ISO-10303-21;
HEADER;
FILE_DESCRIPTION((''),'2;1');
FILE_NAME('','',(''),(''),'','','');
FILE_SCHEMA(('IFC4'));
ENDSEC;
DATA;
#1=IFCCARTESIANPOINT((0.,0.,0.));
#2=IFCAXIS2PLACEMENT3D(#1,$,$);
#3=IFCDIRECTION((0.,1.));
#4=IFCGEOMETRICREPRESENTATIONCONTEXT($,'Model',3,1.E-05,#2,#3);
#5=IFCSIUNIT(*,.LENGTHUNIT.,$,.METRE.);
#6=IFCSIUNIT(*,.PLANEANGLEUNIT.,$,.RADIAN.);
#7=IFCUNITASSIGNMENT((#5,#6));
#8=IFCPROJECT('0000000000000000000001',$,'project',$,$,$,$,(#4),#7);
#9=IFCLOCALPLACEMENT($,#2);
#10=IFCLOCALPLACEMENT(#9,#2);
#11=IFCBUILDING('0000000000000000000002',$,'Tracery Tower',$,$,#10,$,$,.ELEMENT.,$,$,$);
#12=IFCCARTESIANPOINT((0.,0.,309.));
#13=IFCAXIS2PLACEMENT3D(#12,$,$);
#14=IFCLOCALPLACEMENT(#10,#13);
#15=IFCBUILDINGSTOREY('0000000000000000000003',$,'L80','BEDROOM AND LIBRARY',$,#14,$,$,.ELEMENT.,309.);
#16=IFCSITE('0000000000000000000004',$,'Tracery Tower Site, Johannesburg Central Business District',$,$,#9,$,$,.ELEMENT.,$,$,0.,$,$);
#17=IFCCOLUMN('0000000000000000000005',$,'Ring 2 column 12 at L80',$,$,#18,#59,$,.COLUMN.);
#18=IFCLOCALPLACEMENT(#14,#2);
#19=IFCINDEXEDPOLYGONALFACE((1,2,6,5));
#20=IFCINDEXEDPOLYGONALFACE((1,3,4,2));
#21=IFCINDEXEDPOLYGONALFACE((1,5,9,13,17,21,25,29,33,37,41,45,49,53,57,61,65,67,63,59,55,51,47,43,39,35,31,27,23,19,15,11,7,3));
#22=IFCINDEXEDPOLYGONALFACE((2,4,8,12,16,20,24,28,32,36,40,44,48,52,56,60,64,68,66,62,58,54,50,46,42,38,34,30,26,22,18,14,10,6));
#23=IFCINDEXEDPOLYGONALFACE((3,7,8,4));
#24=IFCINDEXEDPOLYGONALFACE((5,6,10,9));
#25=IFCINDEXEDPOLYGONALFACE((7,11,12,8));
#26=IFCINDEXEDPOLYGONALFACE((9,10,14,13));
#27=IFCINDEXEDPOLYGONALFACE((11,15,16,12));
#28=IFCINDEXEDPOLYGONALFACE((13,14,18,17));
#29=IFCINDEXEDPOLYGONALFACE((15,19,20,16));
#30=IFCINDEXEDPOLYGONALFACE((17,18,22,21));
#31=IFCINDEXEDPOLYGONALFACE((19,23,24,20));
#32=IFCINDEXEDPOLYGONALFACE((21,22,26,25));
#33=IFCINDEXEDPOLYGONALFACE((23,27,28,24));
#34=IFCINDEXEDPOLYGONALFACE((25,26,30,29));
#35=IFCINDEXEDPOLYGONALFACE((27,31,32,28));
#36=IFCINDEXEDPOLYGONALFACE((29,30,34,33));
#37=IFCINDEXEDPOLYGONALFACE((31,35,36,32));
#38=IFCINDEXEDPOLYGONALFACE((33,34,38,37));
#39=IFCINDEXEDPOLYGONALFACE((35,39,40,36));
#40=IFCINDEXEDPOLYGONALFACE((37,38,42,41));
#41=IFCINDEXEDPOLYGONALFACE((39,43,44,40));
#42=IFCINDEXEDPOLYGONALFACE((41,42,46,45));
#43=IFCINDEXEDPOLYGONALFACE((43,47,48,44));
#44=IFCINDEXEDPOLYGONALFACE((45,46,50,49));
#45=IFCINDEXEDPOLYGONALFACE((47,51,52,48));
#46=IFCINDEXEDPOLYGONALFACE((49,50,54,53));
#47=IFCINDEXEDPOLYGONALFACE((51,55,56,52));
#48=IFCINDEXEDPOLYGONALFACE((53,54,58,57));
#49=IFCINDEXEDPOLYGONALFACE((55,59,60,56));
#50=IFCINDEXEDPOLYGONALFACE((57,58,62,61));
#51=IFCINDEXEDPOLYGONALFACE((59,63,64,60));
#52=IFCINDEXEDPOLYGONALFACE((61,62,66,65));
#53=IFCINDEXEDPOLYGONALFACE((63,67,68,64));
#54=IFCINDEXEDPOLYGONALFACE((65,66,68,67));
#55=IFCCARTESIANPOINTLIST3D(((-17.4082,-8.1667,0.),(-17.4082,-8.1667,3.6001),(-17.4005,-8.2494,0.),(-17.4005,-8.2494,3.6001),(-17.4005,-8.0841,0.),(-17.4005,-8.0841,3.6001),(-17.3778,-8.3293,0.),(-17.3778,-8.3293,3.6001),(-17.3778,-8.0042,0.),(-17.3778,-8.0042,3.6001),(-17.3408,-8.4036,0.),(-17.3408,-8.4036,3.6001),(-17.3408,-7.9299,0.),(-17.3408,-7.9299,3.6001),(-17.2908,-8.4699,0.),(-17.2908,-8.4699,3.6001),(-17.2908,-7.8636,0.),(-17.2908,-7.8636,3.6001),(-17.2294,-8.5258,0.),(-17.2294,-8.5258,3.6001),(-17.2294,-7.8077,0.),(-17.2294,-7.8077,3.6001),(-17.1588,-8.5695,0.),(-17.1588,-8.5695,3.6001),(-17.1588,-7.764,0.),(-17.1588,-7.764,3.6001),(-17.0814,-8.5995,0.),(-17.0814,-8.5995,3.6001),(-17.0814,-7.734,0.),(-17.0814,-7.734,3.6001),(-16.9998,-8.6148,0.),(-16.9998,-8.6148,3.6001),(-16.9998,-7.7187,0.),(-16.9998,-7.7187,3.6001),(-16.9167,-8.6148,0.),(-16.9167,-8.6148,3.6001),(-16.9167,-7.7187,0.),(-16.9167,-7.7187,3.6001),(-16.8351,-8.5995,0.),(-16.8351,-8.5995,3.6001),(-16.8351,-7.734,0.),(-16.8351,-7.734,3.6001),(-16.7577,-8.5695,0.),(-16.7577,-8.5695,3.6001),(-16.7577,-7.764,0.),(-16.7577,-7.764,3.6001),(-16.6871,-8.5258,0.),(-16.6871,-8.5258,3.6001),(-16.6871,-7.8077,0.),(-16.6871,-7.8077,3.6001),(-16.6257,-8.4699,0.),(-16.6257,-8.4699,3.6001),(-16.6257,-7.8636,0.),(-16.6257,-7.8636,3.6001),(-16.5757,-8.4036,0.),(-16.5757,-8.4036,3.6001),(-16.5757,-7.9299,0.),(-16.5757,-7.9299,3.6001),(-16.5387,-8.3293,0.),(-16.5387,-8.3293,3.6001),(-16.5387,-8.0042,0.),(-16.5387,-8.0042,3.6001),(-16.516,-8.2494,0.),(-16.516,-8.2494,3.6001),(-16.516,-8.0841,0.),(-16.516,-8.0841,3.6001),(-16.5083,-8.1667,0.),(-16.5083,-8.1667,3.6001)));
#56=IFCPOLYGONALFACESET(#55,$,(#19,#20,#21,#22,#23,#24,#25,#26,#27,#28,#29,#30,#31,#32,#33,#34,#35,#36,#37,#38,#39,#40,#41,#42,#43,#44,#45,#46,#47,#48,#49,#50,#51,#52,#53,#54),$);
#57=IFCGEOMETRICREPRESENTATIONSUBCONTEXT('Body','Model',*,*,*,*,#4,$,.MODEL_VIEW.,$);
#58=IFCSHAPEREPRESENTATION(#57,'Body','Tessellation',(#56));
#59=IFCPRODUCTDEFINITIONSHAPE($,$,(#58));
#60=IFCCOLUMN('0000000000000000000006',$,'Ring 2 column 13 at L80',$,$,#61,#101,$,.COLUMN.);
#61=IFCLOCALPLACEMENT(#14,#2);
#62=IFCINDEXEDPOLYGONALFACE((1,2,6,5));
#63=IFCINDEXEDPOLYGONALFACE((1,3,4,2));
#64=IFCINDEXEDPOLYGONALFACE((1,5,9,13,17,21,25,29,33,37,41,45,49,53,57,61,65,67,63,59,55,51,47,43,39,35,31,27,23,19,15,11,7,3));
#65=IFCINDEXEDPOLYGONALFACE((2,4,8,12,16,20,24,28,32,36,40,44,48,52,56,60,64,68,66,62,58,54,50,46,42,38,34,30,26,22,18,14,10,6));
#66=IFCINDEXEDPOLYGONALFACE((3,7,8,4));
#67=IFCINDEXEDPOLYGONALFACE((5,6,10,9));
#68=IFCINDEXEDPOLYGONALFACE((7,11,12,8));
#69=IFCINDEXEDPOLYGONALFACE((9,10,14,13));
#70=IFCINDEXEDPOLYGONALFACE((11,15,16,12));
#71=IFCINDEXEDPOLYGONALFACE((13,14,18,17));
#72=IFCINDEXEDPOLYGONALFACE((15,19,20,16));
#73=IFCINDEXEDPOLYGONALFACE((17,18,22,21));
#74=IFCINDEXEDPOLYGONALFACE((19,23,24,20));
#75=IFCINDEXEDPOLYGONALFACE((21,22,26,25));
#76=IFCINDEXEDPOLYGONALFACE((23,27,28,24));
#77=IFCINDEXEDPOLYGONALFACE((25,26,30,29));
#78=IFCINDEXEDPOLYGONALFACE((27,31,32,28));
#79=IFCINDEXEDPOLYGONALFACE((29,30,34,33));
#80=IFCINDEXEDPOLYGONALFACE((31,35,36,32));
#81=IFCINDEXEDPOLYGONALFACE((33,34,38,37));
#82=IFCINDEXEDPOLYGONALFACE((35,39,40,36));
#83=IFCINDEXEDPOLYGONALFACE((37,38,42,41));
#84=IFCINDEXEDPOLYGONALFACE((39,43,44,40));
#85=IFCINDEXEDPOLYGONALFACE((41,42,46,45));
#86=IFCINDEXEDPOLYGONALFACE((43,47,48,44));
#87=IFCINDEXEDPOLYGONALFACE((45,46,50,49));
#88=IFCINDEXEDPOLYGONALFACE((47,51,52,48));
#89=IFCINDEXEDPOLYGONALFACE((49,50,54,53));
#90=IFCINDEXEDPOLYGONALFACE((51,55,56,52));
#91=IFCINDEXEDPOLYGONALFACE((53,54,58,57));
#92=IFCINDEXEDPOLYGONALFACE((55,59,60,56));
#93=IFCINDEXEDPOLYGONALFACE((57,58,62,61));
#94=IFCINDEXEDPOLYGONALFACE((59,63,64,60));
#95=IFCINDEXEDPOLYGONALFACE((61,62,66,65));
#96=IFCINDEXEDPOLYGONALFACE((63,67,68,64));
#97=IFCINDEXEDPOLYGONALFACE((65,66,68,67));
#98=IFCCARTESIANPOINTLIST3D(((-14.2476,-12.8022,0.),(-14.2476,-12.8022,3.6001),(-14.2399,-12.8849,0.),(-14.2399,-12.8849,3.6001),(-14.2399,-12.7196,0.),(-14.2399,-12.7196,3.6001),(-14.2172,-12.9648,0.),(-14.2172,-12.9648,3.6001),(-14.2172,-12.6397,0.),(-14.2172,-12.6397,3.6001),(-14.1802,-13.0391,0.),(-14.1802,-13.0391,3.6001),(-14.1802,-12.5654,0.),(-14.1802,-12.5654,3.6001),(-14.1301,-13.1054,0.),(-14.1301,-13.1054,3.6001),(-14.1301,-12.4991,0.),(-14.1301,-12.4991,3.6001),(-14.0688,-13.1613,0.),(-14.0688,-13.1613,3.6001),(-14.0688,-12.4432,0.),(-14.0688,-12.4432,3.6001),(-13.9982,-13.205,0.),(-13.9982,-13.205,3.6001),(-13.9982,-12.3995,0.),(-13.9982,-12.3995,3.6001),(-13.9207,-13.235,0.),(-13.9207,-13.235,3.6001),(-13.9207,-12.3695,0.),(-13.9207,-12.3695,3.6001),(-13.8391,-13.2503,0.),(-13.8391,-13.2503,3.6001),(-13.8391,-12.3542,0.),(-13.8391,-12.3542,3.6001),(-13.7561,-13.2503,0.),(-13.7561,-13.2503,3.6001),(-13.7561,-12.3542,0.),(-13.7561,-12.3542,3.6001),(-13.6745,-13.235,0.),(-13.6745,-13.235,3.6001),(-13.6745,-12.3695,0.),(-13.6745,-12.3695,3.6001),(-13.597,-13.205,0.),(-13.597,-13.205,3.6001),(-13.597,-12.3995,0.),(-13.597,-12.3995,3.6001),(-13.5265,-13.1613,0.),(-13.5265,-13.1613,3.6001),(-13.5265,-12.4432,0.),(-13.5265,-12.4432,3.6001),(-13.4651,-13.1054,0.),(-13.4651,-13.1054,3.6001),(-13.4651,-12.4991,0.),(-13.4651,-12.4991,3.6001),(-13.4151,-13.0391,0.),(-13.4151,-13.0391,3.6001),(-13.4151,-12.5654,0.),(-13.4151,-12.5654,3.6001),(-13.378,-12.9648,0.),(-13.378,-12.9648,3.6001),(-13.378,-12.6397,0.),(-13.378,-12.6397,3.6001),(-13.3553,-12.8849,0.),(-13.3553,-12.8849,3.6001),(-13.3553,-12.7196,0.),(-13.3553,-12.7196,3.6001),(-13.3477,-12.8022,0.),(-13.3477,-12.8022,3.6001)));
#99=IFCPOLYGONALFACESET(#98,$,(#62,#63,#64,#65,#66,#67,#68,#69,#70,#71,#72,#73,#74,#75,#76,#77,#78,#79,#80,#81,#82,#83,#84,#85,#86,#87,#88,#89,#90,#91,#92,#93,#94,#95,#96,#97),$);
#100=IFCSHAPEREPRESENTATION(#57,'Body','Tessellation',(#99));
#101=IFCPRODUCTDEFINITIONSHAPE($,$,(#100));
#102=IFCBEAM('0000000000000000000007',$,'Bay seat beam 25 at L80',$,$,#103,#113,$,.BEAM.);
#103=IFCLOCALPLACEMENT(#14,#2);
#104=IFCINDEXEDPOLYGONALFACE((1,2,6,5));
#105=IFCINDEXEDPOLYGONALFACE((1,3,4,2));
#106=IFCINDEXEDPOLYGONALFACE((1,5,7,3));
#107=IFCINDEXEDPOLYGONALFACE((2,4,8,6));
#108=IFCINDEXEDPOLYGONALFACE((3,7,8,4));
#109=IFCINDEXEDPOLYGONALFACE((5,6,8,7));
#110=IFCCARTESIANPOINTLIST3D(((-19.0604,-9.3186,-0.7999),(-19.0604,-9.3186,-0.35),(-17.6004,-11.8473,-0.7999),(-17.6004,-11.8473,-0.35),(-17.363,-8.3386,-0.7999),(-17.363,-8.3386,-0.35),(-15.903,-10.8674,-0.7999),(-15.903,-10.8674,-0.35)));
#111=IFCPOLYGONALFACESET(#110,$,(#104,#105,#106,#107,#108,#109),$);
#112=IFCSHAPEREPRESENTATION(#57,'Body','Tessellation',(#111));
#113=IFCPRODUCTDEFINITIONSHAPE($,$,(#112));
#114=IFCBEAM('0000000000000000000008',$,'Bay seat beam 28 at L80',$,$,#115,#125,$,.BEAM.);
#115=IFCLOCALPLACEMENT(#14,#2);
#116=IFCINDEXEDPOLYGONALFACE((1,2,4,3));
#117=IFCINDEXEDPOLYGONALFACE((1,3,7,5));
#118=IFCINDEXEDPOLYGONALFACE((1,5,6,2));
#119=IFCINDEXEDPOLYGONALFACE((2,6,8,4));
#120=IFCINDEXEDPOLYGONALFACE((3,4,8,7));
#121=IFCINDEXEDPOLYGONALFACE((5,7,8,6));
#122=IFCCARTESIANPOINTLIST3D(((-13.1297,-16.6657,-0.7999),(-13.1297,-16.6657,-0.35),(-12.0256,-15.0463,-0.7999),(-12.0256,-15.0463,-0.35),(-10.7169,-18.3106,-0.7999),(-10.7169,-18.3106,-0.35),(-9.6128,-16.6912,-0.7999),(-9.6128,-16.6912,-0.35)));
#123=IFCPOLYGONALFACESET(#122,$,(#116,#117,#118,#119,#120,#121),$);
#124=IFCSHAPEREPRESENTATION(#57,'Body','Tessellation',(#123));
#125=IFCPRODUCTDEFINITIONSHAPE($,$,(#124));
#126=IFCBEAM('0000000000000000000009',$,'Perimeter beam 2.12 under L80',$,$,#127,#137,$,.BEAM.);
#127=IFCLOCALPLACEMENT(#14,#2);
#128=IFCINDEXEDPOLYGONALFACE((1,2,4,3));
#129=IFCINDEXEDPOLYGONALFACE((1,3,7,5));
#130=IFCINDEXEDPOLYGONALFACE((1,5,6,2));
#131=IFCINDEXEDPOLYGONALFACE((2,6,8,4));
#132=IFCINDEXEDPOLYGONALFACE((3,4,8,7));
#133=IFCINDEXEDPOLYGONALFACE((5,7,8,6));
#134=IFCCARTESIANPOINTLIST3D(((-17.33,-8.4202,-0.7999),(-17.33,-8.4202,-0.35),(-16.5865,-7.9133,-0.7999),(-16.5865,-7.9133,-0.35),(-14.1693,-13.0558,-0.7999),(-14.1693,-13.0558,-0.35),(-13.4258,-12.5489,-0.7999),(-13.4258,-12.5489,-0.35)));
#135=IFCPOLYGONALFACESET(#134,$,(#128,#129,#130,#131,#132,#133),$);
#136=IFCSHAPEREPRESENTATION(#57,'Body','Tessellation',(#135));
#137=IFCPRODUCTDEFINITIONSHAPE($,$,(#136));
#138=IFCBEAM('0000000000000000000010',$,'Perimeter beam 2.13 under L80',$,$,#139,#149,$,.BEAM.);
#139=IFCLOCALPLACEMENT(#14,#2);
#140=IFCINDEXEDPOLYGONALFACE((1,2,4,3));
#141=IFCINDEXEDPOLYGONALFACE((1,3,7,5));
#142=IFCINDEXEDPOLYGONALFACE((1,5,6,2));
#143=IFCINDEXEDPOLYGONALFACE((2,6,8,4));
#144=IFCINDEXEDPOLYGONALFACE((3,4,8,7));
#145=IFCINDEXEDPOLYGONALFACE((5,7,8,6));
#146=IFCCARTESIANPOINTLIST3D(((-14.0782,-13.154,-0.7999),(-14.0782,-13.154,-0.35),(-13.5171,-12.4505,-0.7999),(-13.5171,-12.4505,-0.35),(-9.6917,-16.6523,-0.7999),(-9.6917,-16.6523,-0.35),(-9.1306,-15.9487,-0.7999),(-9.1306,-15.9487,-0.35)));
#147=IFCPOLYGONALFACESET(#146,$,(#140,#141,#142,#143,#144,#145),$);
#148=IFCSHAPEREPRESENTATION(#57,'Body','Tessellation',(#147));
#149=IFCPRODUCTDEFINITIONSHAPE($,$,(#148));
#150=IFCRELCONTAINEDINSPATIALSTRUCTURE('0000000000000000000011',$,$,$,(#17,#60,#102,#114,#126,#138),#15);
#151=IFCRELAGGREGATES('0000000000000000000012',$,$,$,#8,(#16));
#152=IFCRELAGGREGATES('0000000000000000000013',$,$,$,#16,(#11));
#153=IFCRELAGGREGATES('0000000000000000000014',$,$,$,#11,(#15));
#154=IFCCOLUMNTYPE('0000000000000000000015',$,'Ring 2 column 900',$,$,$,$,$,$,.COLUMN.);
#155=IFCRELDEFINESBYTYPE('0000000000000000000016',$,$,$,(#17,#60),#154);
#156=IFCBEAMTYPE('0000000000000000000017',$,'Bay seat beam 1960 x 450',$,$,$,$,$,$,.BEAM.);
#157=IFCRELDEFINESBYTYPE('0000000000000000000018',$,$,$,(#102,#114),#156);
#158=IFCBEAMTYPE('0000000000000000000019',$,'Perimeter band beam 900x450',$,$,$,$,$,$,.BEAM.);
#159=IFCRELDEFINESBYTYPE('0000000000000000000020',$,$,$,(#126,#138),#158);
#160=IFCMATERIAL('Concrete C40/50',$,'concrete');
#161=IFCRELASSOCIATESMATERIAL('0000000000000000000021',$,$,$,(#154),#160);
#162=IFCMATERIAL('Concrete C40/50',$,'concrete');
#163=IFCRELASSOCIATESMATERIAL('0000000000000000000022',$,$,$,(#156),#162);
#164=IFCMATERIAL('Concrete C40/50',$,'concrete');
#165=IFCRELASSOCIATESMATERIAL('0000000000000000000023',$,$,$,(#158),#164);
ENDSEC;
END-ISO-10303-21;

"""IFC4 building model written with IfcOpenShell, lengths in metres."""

from ifc_helpers import new_model, si_unit, direction, frame, origin, origin_2d, place, context, subcontext, project, spatial, rectangle, circle, extrude, material, material_profile, profile_set, type_object, element, save


model = new_model("IFC4")

# Units and contexts
model_context = context("Model", 3, precision=1e-05, world=origin(), true_north=direction((0.0, 1.0)))
body_context = subcontext(model_context, "Body", "Model", "MODEL_VIEW")
ifc_project = project(units=[si_unit("LENGTHUNIT", "METRE"), si_unit("PLANEANGLEUNIT", "RADIAN")], contexts=[model_context])

# Site, building, storey
site_placement = place(None, origin())
site = spatial("IfcSite", under=ifc_project, at=site_placement, Name="Tracery Tower Site, Johannesburg Central Business District", CompositionType="ELEMENT", RefElevation=0.0)
building_placement = place(site_placement, origin())
building = spatial("IfcBuilding", under=site, at=building_placement, Name="Tracery Tower", CompositionType="ELEMENT")
storey_placement = place(building_placement, frame((0.0, 0.0, 309.0)))
storey = spatial("IfcBuildingStorey", under=building, at=storey_placement, Name="L80", Description="BEDROOM AND LIBRARY", CompositionType="ELEMENT", Elevation=309.0)

# Columns
ifc_material_1 = material(Name="Concrete C40/50", Category="concrete")
ifc_material_profile_1 = material_profile(ifc_material_1, circle(Radius=0.45, at=origin_2d()), Name="RC D900")
ifc_profile_set_1 = profile_set([ifc_material_profile_1], Name="Concrete C40/50")
column_type = type_object("IfcColumnType", Name="Ring 2 column 900", PredefinedType="COLUMN", material=ifc_profile_set_1)
for number, where, z_axis, x_axis, name in (
    (1, (-16.9583, -8.1667, 0.0), (0.0, 0.0, 1.0), (1.0, 0.0, 0.0), "Ring 2 column 12 at L80"),
    (2, (-13.7976, -12.8022, 0.0), (0.0, 0.0, 1.0), (1.0, 0.0, 0.0), "Ring 2 column 13 at L80"),
):
    element("IfcColumn", number, at=place(storey_placement, frame(where, z_axis=z_axis, x_axis=x_axis)), inside=storey, type_object=column_type, Name=name, PredefinedType="COLUMN", context=body_context, shape_type="SweptSolid", body=[
        extrude(circle(Radius=0.45, at=origin_2d()), origin(), (0.0, 0.0, 1.0), 3.6001),
    ])

# Beams
ifc_material_2 = material(Name="Concrete C40/50", Category="concrete")
ifc_material_profile_2 = material_profile(ifc_material_2, rectangle(XDim=1.96, YDim=0.45, at=origin_2d()), Name="RC 1960x450")
ifc_profile_set_2 = profile_set([ifc_material_profile_2], Name="Concrete C40/50")
beam_type_1 = type_object("IfcBeamType", Name="Bay seat beam 1960 x 450", PredefinedType="BEAM", material=ifc_profile_set_2)
beam_1_placement = place(storey_placement, frame((-18.2117, -8.8286, -0.575), z_axis=(0.499988, -0.866032, 0.0), x_axis=(0.866032, 0.499988, 0.0)))
element("IfcBeam", 3, at=beam_1_placement, inside=storey, type_object=beam_type_1, Name="Bay seat beam 25 at L80", PredefinedType="BEAM", context=body_context, shape_type="SweptSolid", body=[
    extrude(rectangle(XDim=1.96, YDim=0.45, at=origin_2d()), origin(), (0.0, 0.0, 1.0), 2.9199),
])
beam_2_placement = place(storey_placement, frame((-12.5776, -15.856, -0.575), z_axis=(0.826243, -0.563313, 0.0), x_axis=(0.563313, 0.826243, 0.0)))
element("IfcBeam", 4, at=beam_2_placement, inside=storey, type_object=beam_type_1, Name="Bay seat beam 28 at L80", PredefinedType="BEAM", context=body_context, shape_type="SweptSolid", body=[
    extrude(rectangle(XDim=1.96, YDim=0.45, at=origin_2d()), origin(), (0.0, 0.0, 1.0), 2.9202),
])
ifc_material_3 = material(Name="Concrete C40/50", Category="concrete")
ifc_material_profile_3 = material_profile(ifc_material_3, rectangle(XDim=0.8999, YDim=0.45, at=origin_2d()), Name="RC 900x450")
ifc_profile_set_3 = profile_set([ifc_material_profile_3], Name="Concrete C40/50")
beam_type_2 = type_object("IfcBeamType", Name="Perimeter band beam 900x450", PredefinedType="BEAM", material=ifc_profile_set_3)
for number, where, z_axis, x_axis, name in (
    (5, (-16.9583, -8.1667, -0.575), (0.563346, -0.826221, 0.0), (0.826221, 0.563346, 0.0), "Perimeter beam 2.12 under L80"),
    (6, (-13.7976, -12.8022, -0.575), (0.781815, -0.623511, 0.0), (0.623511, 0.781815, 0.0), "Perimeter beam 2.13 under L80"),
):
    element("IfcBeam", number, at=place(storey_placement, frame(where, z_axis=z_axis, x_axis=x_axis)), inside=storey, type_object=beam_type_2, Name=name, PredefinedType="BEAM", context=body_context, shape_type="SweptSolid", body=[
        extrude(rectangle(XDim=0.8999, YDim=0.45, at=origin_2d()), origin(), (0.0, 0.0, 1.0), 5.6106),
    ])

save(model, "model.ifc")
